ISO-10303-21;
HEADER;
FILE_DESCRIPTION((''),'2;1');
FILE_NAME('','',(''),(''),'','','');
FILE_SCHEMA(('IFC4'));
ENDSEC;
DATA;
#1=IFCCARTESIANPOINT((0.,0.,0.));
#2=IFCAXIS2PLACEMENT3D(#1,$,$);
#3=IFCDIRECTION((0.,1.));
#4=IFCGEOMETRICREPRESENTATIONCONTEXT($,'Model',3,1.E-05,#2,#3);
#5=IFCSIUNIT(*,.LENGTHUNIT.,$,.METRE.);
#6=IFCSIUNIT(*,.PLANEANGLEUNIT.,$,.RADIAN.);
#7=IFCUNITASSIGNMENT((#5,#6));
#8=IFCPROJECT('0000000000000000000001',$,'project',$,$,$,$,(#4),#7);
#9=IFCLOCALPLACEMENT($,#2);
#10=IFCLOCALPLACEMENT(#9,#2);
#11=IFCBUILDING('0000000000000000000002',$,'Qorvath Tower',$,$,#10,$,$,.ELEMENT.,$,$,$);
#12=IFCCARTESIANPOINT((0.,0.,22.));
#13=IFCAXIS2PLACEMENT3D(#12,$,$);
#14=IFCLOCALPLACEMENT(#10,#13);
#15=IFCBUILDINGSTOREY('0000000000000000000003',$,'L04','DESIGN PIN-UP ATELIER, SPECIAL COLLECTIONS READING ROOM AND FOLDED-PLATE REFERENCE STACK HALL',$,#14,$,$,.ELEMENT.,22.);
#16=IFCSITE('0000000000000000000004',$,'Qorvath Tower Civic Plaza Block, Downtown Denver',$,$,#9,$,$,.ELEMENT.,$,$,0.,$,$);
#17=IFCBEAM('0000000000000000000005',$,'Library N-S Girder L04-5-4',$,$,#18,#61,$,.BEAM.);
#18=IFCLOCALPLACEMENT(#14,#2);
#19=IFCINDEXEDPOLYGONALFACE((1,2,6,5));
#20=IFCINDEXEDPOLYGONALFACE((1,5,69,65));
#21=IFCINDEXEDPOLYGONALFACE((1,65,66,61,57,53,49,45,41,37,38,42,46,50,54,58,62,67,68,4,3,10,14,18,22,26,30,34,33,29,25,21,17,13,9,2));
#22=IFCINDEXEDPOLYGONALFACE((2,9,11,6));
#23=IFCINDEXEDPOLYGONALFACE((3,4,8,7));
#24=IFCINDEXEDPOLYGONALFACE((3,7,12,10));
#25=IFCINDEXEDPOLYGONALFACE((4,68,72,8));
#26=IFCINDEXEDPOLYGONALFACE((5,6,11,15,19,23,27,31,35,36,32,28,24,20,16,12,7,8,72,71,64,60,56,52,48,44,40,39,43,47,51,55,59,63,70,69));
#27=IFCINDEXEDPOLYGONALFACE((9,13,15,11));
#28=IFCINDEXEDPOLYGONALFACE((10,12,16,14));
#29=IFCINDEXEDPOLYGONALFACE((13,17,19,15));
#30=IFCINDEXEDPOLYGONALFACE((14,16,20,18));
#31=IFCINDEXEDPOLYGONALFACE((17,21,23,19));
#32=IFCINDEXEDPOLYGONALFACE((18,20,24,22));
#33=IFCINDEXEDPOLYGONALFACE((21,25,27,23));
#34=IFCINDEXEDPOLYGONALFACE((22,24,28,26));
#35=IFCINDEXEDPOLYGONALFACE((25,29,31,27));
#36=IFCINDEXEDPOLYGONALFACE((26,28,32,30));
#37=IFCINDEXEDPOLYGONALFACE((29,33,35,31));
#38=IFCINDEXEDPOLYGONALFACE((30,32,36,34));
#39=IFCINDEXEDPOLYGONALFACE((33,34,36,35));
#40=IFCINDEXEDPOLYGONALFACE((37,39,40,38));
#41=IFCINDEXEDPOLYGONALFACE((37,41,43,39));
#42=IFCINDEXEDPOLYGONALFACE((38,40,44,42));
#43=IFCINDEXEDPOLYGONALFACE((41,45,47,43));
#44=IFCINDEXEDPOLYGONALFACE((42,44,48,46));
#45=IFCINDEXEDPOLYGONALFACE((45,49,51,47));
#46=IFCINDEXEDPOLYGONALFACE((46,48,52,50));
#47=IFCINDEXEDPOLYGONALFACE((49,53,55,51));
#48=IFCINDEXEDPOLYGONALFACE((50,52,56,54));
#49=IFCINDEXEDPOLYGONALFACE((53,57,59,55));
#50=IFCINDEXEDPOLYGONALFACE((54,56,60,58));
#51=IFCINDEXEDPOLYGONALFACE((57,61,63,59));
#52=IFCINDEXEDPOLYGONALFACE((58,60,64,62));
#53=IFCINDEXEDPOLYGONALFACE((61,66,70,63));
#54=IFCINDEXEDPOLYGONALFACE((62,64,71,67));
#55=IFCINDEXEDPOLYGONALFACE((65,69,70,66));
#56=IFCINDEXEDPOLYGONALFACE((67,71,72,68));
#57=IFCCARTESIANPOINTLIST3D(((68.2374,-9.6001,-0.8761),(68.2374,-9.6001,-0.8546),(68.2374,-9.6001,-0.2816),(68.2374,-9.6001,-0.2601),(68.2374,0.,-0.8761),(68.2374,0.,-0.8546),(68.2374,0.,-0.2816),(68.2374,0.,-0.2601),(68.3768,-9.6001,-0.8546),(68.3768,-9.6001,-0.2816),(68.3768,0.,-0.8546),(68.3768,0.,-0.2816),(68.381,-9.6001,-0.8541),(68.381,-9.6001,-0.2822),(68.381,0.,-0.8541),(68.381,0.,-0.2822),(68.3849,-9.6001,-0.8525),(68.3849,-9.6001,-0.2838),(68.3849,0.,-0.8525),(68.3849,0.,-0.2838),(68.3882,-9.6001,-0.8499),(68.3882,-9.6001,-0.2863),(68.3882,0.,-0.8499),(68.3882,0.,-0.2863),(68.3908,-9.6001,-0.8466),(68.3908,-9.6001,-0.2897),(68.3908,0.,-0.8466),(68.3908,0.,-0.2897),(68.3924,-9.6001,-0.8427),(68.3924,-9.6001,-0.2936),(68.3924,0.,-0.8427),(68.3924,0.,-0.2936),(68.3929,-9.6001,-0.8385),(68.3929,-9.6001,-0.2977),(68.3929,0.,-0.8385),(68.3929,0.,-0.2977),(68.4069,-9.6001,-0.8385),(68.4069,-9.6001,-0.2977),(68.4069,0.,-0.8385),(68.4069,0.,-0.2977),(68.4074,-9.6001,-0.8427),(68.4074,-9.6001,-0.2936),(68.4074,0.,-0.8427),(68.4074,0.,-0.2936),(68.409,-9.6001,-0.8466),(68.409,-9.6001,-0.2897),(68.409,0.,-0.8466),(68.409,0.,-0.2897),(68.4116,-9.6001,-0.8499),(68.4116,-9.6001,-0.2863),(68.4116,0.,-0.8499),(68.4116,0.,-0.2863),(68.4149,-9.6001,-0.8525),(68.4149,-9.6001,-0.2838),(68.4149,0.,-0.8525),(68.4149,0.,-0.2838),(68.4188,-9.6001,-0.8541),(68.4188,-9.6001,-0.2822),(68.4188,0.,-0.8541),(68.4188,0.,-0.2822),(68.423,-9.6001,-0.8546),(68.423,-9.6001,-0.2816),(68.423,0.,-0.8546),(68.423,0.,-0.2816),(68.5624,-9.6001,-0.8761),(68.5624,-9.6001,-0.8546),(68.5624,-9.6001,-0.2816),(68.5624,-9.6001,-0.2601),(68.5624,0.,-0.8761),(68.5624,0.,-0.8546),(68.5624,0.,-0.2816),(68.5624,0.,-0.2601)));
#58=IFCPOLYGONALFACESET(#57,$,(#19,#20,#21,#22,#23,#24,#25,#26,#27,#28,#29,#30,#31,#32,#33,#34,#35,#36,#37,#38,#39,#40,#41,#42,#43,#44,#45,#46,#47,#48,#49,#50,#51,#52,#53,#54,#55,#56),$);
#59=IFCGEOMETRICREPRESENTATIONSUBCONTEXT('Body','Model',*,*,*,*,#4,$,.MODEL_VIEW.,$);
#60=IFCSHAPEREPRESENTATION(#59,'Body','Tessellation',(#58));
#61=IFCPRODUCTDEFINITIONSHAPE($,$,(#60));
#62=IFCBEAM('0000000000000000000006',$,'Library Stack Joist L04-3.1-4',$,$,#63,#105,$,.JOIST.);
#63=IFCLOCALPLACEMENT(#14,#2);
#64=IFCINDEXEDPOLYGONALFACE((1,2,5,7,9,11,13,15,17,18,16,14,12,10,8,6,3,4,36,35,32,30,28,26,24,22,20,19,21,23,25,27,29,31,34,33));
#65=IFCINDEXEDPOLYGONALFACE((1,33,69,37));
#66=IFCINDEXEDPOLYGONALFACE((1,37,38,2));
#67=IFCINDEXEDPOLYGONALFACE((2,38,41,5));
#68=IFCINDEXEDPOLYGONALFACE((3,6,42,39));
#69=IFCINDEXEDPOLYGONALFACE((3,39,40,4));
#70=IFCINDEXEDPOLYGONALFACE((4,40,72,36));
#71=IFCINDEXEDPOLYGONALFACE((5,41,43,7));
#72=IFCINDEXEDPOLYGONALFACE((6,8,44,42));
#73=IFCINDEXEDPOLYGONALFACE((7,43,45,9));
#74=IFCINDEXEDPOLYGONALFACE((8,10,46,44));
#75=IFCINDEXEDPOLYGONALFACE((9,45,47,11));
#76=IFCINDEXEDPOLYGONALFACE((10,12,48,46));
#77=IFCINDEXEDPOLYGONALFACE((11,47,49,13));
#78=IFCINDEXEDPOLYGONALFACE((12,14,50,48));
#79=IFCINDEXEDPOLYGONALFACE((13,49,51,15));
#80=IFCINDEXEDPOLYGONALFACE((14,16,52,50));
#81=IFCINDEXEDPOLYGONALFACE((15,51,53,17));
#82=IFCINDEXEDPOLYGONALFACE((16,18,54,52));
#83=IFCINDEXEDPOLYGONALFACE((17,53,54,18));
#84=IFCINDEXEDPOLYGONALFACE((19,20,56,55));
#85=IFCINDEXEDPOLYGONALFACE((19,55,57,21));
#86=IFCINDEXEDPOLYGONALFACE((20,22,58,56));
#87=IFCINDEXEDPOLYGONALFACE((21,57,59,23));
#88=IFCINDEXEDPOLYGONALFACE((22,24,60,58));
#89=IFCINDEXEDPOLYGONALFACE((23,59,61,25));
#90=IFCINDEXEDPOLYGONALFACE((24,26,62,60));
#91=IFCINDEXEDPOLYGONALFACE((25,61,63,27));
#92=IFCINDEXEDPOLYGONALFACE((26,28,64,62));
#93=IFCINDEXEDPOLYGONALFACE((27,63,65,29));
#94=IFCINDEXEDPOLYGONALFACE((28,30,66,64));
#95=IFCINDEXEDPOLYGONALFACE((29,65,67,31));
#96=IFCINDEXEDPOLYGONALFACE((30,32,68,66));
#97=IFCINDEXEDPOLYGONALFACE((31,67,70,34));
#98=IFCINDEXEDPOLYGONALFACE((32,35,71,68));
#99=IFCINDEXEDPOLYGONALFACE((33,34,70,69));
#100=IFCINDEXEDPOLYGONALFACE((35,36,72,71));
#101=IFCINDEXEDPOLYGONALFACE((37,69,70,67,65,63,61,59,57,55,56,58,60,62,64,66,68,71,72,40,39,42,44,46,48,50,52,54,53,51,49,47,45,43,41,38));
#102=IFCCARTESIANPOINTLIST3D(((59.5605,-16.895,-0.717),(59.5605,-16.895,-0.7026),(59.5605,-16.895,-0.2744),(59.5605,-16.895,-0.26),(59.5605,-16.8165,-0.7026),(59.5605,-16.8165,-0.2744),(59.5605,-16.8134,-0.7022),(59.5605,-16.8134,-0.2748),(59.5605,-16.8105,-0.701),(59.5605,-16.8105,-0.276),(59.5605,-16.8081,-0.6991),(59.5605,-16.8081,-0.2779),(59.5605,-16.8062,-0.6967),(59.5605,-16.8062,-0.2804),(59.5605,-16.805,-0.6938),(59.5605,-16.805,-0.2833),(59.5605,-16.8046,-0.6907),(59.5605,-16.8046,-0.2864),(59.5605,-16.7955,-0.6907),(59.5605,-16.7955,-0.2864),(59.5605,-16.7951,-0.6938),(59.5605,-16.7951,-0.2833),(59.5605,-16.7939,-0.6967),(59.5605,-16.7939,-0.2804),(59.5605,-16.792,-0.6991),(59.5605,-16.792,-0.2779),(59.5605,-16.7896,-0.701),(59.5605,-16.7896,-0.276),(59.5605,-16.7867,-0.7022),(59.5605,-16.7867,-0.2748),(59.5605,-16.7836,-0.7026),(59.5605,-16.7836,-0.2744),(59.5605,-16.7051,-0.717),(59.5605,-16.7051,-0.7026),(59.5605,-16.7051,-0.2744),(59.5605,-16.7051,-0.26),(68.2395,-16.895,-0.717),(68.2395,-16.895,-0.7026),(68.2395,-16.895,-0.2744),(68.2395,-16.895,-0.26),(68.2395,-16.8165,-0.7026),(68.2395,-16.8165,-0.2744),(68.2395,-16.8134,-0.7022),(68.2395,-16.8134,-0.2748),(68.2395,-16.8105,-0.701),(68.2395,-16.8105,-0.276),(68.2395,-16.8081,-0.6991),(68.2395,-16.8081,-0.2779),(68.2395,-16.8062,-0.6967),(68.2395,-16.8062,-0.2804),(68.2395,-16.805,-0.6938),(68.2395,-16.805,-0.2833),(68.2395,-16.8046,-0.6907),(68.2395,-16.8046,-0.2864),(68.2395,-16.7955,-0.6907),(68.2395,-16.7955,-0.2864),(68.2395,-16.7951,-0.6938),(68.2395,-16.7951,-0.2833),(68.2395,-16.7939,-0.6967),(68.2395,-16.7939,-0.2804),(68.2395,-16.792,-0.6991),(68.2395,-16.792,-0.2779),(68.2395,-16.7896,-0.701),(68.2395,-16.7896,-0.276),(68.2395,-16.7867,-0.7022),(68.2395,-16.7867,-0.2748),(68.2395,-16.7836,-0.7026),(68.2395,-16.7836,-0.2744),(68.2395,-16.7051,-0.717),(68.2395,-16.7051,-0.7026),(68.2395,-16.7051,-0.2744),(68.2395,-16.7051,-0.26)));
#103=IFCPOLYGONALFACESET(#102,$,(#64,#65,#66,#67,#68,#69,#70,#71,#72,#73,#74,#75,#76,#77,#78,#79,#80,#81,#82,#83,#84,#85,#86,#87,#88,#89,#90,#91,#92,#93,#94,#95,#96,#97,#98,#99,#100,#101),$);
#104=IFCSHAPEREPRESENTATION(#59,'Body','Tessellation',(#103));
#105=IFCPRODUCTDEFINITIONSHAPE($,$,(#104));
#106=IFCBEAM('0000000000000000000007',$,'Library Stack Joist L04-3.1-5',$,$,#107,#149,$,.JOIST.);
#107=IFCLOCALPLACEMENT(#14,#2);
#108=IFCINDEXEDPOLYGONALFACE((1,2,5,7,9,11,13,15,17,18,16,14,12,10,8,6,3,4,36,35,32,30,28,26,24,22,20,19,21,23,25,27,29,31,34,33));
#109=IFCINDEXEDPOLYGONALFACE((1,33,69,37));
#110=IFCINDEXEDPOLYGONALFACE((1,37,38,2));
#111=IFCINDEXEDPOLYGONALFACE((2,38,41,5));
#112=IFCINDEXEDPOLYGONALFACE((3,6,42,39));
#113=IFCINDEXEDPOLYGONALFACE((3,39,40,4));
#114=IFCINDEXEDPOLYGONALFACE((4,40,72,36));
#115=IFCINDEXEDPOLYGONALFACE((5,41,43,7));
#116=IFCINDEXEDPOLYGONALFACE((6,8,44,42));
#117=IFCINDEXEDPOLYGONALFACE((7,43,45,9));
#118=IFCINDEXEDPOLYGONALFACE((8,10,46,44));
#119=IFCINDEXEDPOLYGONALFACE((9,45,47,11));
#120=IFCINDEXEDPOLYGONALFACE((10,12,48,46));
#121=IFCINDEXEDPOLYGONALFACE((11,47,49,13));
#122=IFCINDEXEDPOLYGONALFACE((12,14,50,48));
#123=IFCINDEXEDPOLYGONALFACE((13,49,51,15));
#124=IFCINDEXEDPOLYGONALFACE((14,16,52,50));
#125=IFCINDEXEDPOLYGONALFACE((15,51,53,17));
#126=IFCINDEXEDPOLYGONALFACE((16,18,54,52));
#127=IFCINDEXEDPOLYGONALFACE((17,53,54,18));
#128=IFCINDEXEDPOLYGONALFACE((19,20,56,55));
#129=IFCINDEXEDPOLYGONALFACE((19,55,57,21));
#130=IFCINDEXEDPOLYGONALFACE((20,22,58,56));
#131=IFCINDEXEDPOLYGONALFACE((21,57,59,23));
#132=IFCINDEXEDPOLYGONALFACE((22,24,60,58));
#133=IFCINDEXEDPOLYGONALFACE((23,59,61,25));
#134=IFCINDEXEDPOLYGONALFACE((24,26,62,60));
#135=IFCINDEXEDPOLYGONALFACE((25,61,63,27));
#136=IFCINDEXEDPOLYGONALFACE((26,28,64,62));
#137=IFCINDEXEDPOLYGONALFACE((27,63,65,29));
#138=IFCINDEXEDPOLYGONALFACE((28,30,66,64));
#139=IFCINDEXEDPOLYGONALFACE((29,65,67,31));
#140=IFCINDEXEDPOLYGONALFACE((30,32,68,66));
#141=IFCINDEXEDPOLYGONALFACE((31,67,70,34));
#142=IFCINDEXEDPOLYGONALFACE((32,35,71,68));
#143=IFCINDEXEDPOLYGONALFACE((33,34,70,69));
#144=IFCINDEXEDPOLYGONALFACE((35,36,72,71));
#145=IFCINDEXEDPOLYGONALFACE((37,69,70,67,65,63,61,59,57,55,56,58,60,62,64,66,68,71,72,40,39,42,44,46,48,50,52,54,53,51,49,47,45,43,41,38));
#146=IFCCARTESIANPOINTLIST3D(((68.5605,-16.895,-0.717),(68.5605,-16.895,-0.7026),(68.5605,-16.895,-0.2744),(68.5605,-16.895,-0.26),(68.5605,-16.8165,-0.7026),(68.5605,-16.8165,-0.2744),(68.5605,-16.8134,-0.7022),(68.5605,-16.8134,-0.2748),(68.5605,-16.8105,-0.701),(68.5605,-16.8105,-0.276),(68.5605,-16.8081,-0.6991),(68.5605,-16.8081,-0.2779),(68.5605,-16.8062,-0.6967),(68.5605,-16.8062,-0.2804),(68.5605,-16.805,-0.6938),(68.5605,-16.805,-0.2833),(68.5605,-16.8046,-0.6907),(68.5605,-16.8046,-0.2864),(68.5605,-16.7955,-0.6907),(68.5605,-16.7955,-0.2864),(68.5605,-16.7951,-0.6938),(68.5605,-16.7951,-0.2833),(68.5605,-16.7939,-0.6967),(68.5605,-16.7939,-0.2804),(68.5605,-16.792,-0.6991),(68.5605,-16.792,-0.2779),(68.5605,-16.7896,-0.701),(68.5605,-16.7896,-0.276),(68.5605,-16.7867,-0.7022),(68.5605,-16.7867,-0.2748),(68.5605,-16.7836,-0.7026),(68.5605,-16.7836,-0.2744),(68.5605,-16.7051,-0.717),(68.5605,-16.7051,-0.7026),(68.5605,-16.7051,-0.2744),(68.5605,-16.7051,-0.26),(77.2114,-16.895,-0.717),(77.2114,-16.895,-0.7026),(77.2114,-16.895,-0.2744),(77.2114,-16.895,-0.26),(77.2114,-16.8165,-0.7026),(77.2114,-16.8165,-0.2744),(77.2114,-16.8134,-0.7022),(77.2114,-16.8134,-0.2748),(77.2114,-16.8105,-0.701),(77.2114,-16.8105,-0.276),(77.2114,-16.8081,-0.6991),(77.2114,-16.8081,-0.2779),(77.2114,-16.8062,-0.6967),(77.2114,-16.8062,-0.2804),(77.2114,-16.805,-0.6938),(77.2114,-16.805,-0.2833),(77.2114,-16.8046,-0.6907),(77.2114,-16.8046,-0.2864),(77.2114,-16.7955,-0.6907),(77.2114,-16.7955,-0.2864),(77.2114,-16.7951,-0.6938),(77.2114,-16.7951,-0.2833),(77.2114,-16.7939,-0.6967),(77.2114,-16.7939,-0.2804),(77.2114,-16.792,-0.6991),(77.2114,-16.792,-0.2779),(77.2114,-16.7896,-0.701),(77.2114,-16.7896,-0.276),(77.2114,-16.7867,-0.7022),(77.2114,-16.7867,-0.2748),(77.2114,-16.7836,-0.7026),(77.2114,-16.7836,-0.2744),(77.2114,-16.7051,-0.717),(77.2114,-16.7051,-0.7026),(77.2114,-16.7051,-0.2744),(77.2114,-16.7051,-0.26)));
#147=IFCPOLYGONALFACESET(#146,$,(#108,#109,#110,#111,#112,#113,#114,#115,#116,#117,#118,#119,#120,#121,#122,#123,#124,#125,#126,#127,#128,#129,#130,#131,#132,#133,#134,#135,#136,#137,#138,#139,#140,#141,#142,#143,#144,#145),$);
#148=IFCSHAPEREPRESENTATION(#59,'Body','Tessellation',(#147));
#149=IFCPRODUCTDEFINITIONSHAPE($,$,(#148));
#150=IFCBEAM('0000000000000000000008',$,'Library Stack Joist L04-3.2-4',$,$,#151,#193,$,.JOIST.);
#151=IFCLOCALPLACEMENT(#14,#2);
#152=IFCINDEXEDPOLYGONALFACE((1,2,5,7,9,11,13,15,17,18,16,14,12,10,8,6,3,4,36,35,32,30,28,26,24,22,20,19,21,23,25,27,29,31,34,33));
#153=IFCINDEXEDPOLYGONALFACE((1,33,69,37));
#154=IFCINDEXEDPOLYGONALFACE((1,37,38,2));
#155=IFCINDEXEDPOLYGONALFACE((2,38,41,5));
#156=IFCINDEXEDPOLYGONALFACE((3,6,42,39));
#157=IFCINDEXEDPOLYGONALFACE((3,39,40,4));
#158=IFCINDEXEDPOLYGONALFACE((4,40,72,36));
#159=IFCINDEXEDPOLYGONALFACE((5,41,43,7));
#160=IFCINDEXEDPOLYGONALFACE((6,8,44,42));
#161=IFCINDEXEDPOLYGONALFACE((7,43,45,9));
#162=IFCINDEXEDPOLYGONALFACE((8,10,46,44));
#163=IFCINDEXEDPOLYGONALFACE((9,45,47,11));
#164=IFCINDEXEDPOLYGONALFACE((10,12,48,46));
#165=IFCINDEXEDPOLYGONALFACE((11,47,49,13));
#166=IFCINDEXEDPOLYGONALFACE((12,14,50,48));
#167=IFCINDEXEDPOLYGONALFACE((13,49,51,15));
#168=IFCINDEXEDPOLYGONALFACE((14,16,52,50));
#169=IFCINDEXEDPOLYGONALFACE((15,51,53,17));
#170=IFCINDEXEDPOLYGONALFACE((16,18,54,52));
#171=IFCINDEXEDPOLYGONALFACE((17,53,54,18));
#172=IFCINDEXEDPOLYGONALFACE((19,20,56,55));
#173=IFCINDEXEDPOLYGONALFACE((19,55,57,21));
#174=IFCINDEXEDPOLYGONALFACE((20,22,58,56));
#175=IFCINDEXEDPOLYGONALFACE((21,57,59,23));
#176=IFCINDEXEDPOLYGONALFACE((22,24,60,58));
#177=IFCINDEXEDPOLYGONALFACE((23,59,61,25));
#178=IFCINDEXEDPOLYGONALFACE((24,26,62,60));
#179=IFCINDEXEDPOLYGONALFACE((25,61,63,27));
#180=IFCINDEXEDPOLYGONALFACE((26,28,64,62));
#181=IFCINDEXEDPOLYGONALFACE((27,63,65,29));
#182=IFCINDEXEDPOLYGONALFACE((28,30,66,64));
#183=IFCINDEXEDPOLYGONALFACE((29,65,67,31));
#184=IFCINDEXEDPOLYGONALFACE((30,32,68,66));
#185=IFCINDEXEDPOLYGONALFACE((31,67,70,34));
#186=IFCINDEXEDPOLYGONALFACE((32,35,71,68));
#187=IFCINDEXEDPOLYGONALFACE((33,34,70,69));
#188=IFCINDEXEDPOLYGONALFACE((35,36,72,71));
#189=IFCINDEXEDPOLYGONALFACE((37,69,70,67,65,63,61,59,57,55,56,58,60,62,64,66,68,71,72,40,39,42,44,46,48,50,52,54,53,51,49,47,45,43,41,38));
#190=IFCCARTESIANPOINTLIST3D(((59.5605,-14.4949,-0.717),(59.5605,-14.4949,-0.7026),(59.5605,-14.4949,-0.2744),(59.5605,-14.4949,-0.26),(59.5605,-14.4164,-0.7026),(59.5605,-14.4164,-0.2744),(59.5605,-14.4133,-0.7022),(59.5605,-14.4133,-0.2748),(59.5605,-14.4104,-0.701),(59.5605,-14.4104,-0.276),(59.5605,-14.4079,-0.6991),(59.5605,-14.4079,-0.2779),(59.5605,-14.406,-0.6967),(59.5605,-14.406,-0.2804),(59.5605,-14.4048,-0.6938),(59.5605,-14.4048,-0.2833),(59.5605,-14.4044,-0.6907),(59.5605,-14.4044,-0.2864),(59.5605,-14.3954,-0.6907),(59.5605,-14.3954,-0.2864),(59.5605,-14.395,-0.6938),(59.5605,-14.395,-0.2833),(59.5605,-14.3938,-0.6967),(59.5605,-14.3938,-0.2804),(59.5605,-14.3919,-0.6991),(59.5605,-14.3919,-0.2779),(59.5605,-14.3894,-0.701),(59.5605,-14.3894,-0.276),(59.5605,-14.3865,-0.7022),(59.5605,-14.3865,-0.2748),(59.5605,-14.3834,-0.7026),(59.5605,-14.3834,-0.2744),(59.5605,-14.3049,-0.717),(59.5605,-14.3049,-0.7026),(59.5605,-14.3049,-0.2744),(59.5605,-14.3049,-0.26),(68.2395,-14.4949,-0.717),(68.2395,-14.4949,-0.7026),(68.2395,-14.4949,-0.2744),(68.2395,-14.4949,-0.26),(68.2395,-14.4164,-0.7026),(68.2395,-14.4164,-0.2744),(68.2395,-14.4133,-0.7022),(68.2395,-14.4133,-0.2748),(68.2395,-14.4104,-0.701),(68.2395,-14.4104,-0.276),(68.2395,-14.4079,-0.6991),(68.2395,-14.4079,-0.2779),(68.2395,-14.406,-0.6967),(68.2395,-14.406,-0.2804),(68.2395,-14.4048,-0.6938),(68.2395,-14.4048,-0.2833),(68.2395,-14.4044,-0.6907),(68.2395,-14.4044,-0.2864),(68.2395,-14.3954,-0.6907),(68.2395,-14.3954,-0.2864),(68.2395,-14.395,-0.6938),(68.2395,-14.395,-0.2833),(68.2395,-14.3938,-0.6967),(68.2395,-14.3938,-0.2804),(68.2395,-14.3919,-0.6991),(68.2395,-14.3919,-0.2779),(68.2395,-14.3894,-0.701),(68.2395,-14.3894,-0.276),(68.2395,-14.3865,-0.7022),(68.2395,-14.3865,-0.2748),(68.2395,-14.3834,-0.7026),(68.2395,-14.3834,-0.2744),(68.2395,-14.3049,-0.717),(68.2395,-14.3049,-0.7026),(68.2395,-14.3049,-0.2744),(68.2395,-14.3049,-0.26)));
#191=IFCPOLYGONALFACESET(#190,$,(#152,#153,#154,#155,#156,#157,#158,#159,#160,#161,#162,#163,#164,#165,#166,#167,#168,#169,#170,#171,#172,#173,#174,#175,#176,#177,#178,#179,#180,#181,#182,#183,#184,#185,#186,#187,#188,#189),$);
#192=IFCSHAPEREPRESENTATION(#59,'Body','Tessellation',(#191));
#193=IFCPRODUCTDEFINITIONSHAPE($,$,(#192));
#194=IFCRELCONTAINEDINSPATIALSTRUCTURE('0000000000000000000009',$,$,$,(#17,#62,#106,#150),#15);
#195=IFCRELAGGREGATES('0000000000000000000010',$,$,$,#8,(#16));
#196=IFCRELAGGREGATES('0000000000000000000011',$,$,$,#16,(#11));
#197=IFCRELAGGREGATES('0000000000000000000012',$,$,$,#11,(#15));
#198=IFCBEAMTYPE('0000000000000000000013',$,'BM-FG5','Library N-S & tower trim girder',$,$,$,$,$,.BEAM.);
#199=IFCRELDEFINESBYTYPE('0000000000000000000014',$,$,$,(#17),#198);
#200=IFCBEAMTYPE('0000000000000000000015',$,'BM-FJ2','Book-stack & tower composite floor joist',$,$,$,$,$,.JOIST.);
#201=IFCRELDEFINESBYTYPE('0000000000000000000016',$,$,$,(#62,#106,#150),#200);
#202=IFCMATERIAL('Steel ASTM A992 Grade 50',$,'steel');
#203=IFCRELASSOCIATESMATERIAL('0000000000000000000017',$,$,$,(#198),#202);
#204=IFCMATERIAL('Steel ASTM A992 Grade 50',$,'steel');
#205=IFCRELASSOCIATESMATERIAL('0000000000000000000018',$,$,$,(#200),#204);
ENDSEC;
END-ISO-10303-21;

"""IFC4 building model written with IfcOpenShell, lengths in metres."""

from ifc_helpers import new_model, si_unit, direction, frame, origin, origin_2d, place, context, subcontext, project, spatial, i_section, extrude, material, material_profile, profile_set, type_object, element, save


model = new_model("IFC4")

# Units and contexts
model_context = context("Model", 3, precision=1e-05, world=origin(), true_north=direction((0.0, 1.0)))
body_context = subcontext(model_context, "Body", "Model", "MODEL_VIEW")
ifc_project = project(units=[si_unit("LENGTHUNIT", "METRE"), si_unit("PLANEANGLEUNIT", "RADIAN")], contexts=[model_context])

# Site, building, storey
site_placement = place(None, origin())
site = spatial("IfcSite", under=ifc_project, at=site_placement, Name="Qorvath Tower Civic Plaza Block, Downtown Denver", CompositionType="ELEMENT", RefElevation=0.0)
building_placement = place(site_placement, origin())
building = spatial("IfcBuilding", under=site, at=building_placement, Name="Qorvath Tower", CompositionType="ELEMENT")
storey_placement = place(building_placement, frame((0.0, 0.0, 22.0)))
storey = spatial("IfcBuildingStorey", under=building, at=storey_placement, Name="L04", Description="DESIGN PIN-UP ATELIER, SPECIAL COLLECTIONS READING ROOM AND FOLDED-PLATE REFERENCE STACK HALL", CompositionType="ELEMENT", Elevation=22.0)

# Beams
ifc_material_1 = material(Name="Steel ASTM A992 Grade 50", Category="steel")
ifc_material_profile_1 = material_profile(ifc_material_1, i_section(OverallWidth=0.325, OverallDepth=0.616, WebThickness=0.0139, FlangeThickness=0.0215, FilletRadius=0.0161, at=origin_2d()), Name="W24x117")
ifc_profile_set_1 = profile_set([ifc_material_profile_1], Name="Steel ASTM A992 Grade 50")
beam_type_1 = type_object("IfcBeamType", Name="BM-FG5", Description="Library N-S & tower trim girder", PredefinedType="BEAM", material=ifc_profile_set_1)
for number, where, z_axis, x_axis, name in (
    (1, (68.3999, -9.6001, -0.5681), (0.0, 1.0, 0.0), (-1.0, 0.0, 0.0), "Library N-S Girder L04-5-4"),
):
    element("IfcBeam", number, at=place(storey_placement, frame(where, z_axis=z_axis, x_axis=x_axis)), inside=storey, type_object=beam_type_1, Name=name, PredefinedType="BEAM", context=body_context, shape_type="SweptSolid", body=[
        extrude(i_section(OverallWidth=0.325, OverallDepth=0.616, WebThickness=0.0139, FlangeThickness=0.0215, FilletRadius=0.0161, at=origin_2d()), origin(), (0.0, 0.0, 1.0), 9.6001),
    ])
ifc_material_2 = material(Name="Steel ASTM A992 Grade 50", Category="steel")
ifc_material_profile_2 = material_profile(ifc_material_2, i_section(OverallWidth=0.1899, OverallDepth=0.457, WebThickness=0.009, FlangeThickness=0.0144, FilletRadius=0.012, at=origin_2d()), Name="W18x50")
ifc_profile_set_2 = profile_set([ifc_material_profile_2], Name="Steel ASTM A992 Grade 50")
beam_type_2 = type_object("IfcBeamType", Name="BM-FJ2", Description="Book-stack & tower composite floor joist", PredefinedType="JOIST", material=ifc_profile_set_2)
beam_1_placement = place(storey_placement, frame((59.5605, -16.8, -0.4885), z_axis=(1.0, 0.0, 0.0), x_axis=(0.0, 1.0, 0.0)))
element("IfcBeam", 2, at=beam_1_placement, inside=storey, type_object=beam_type_2, Name="Library Stack Joist L04-3.1-4", PredefinedType="JOIST", context=body_context, shape_type="SweptSolid", body=[
    extrude(i_section(OverallWidth=0.1899, OverallDepth=0.457, WebThickness=0.009, FlangeThickness=0.0144, FilletRadius=0.012, at=origin_2d()), origin(), (0.0, 0.0, 1.0), 8.679),
])
beam_2_placement = place(storey_placement, frame((68.5605, -16.8, -0.4885), z_axis=(1.0, 0.0, 0.0), x_axis=(0.0, 1.0, 0.0)))
element("IfcBeam", 3, at=beam_2_placement, inside=storey, type_object=beam_type_2, Name="Library Stack Joist L04-3.1-5", PredefinedType="JOIST", context=body_context, shape_type="SweptSolid", body=[
    extrude(i_section(OverallWidth=0.1899, OverallDepth=0.457, WebThickness=0.009, FlangeThickness=0.0144, FilletRadius=0.012, at=origin_2d()), origin(), (0.0, 0.0, 1.0), 8.6509),
])
beam_3_placement = place(storey_placement, frame((59.5605, -14.3999, -0.4885), z_axis=(1.0, 0.0, 0.0), x_axis=(0.0, 1.0, 0.0)))
element("IfcBeam", 4, at=beam_3_placement, inside=storey, type_object=beam_type_2, Name="Library Stack Joist L04-3.2-4", PredefinedType="JOIST", context=body_context, shape_type="SweptSolid", body=[
    extrude(i_section(OverallWidth=0.1899, OverallDepth=0.457, WebThickness=0.009, FlangeThickness=0.0144, FilletRadius=0.012, at=origin_2d()), origin(), (0.0, 0.0, 1.0), 8.679),
])

save(model, "model.ifc")
